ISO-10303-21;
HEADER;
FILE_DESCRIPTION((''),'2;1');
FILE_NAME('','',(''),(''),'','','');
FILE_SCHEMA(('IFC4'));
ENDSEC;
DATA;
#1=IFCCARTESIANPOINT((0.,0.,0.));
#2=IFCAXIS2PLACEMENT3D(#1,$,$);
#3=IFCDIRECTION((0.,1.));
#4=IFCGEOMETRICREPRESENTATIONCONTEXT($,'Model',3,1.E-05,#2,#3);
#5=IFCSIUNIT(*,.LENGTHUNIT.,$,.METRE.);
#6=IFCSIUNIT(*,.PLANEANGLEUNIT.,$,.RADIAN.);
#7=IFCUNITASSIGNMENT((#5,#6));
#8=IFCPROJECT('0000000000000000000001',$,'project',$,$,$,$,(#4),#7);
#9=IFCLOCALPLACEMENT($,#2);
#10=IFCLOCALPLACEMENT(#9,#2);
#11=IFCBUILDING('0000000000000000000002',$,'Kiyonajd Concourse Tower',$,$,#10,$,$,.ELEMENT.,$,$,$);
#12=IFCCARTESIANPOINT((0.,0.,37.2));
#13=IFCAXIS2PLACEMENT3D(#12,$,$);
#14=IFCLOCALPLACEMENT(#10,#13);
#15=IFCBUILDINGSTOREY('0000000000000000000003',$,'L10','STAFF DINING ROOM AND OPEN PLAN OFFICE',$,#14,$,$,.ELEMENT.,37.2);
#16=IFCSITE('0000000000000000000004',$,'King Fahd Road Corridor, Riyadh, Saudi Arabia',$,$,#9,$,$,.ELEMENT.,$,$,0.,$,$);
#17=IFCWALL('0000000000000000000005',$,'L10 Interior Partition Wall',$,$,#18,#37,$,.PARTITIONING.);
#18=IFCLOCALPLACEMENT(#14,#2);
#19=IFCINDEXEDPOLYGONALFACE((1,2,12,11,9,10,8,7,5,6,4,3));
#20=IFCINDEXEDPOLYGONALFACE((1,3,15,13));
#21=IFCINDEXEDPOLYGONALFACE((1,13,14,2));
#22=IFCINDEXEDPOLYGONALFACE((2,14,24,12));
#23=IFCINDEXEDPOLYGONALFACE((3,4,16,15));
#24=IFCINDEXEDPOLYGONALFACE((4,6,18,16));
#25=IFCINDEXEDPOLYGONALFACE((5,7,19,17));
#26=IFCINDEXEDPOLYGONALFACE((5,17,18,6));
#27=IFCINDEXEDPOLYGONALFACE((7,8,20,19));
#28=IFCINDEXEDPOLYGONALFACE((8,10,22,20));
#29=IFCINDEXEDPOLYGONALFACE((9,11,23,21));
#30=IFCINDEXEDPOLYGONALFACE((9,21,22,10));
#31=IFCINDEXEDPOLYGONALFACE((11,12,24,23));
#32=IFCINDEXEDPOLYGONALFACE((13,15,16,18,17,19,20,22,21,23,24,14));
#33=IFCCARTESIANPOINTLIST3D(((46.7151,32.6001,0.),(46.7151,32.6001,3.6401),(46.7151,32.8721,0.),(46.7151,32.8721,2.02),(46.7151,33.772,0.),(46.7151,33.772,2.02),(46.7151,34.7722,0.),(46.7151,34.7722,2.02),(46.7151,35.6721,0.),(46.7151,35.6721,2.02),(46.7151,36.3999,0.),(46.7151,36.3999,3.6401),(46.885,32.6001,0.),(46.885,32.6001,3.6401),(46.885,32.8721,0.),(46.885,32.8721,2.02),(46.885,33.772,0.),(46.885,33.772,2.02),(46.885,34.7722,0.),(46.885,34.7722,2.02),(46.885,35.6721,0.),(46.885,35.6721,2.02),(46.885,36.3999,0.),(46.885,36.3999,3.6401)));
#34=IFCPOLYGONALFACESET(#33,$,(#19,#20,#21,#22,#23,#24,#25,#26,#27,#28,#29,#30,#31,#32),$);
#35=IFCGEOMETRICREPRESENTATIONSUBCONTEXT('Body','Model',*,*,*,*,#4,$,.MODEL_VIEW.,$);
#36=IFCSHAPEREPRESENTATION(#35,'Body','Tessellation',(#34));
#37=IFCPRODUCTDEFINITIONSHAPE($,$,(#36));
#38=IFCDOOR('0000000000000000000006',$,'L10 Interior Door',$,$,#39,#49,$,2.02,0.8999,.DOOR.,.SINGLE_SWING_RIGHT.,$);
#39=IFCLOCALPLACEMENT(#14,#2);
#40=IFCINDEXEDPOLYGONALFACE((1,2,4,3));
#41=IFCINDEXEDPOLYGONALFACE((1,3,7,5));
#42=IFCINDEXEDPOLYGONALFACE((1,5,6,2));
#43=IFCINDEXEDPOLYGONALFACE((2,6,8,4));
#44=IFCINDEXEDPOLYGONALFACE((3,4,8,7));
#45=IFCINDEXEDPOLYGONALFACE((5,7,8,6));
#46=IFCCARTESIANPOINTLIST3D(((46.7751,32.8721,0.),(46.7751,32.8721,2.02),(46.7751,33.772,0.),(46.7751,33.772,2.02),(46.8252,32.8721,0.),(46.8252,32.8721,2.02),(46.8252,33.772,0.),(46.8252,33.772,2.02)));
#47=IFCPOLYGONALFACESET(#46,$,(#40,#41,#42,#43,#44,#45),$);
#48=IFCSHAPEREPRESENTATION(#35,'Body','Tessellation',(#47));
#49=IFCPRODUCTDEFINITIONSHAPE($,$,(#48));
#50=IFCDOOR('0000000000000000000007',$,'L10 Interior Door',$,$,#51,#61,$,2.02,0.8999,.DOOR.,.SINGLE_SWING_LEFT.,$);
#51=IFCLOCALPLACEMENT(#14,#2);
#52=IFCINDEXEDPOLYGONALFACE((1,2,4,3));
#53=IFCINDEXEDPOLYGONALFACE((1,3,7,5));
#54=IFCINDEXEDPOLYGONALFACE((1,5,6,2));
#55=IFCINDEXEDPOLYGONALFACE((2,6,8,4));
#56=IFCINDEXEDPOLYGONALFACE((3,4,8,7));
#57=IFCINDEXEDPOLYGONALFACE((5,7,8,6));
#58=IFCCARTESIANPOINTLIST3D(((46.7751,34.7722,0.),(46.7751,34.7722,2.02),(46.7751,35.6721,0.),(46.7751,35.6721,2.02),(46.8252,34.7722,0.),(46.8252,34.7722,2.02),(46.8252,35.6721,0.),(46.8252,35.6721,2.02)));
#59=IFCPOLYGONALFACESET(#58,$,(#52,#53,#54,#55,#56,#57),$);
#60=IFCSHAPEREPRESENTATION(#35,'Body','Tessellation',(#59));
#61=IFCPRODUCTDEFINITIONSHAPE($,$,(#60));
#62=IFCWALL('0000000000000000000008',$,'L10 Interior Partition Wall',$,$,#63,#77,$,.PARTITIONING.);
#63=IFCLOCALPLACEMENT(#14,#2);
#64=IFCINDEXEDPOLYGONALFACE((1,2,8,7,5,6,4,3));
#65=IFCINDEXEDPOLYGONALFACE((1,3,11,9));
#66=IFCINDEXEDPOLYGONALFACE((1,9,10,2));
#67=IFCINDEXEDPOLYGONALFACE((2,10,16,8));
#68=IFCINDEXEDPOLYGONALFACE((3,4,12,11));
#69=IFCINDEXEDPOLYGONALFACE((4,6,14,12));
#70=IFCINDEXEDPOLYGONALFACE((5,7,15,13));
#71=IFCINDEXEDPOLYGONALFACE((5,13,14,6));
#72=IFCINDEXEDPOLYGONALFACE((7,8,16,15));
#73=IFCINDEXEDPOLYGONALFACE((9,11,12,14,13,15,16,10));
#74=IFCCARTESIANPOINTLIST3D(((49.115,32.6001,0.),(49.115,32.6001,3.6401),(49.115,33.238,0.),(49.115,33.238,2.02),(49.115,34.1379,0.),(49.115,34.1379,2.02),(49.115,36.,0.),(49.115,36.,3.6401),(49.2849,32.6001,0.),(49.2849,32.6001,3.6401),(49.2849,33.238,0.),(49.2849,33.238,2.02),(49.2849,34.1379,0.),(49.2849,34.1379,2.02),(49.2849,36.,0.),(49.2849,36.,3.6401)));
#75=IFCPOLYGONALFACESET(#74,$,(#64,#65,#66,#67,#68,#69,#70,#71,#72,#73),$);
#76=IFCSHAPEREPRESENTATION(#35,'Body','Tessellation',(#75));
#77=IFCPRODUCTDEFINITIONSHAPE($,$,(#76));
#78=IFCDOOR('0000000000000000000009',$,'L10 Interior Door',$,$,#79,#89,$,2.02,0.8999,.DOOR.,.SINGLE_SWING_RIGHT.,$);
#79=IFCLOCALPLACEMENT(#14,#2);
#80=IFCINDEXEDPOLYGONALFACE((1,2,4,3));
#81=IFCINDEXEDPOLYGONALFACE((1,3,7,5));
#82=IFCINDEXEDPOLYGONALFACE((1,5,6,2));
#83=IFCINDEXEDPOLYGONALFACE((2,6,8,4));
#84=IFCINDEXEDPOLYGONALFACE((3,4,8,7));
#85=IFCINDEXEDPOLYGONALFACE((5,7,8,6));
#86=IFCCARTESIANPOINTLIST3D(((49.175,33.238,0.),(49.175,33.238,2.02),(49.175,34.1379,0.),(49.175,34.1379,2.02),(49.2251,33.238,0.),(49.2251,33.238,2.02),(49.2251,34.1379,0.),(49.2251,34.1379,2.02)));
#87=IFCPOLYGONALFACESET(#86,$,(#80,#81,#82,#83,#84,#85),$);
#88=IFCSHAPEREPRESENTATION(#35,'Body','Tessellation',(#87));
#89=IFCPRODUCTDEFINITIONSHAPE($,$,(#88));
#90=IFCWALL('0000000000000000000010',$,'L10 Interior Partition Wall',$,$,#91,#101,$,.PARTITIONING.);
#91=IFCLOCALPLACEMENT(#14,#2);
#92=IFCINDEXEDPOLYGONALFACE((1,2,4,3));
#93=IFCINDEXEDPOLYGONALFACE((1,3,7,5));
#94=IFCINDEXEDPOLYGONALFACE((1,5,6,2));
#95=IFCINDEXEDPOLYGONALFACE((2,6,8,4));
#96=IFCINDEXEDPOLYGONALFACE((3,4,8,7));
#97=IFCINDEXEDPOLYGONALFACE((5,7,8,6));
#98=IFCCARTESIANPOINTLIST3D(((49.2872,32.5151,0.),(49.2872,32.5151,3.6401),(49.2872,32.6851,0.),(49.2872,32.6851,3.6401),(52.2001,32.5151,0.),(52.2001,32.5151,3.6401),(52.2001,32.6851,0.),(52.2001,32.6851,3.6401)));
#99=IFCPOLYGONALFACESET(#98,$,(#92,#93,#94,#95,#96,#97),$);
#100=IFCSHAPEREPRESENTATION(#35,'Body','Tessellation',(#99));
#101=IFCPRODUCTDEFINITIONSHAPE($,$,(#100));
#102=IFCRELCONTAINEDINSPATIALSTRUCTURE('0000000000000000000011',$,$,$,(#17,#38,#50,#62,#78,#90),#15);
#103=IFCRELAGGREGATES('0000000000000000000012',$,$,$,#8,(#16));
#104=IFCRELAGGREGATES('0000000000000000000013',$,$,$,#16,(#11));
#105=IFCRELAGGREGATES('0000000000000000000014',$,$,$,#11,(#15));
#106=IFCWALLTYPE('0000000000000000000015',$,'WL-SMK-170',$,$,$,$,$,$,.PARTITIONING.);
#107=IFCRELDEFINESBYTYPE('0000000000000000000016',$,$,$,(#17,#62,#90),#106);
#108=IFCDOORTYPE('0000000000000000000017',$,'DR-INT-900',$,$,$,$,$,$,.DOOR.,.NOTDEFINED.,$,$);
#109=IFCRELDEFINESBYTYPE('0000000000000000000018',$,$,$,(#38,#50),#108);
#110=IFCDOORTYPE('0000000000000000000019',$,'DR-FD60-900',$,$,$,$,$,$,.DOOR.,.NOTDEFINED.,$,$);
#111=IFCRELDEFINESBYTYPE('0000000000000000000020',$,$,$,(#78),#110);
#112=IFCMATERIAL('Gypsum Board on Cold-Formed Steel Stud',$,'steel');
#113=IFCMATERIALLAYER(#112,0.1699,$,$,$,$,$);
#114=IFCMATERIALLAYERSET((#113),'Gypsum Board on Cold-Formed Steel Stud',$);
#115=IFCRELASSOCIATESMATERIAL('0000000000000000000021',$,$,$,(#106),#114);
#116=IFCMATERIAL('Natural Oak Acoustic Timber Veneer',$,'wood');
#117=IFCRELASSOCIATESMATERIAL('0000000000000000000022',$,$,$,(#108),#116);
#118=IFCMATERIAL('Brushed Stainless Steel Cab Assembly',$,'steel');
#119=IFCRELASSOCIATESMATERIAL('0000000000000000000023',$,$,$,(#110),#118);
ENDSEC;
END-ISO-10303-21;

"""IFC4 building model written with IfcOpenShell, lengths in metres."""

from ifc_helpers import new_model, si_unit, direction, frame, frame_2d, origin, place, context, subcontext, project, spatial, rectangle, extrude, material, layer, layer_set, type_object, element, fill, save


model = new_model("IFC4")

# Units and contexts
model_context = context("Model", 3, precision=1e-05, world=origin(), true_north=direction((0.0, 1.0)))
body_context = subcontext(model_context, "Body", "Model", "MODEL_VIEW")
ifc_project = project(units=[si_unit("LENGTHUNIT", "METRE"), si_unit("PLANEANGLEUNIT", "RADIAN")], contexts=[model_context])

# Site, building, storey
site_placement = place(None, origin())
site = spatial("IfcSite", under=ifc_project, at=site_placement, Name="King Fahd Road Corridor, Riyadh, Saudi Arabia", CompositionType="ELEMENT", RefElevation=0.0)
building_placement = place(site_placement, origin())
building = spatial("IfcBuilding", under=site, at=building_placement, Name="Kiyonajd Concourse Tower", CompositionType="ELEMENT")
storey_placement = place(building_placement, frame((0.0, 0.0, 37.2)))
storey = spatial("IfcBuildingStorey", under=building, at=storey_placement, Name="L10", Description="STAFF DINING ROOM AND OPEN PLAN OFFICE", CompositionType="ELEMENT", Elevation=37.2)

# Shared definitions
ifc_material_1 = material(Name="Gypsum Board on Cold-Formed Steel Stud", Category="steel")

# Shared definitions
ifc_material_2 = material(Name="Brushed Stainless Steel Cab Assembly", Category="steel")

# Wall, openings, doors
ifc_layer_1 = layer(ifc_material_1, 0.1699)
ifc_layer_set_1 = layer_set([ifc_layer_1], Name="Gypsum Board on Cold-Formed Steel Stud")
wall_type_1 = type_object("IfcWallType", Name="WL-SMK-170", PredefinedType="PARTITIONING", material=ifc_layer_set_1)
wall_1_placement = place(storey_placement, frame((46.8, 32.6001, 0.0), z_axis=(0.0, 0.0, 1.0), x_axis=(0.0, 1.0, 0.0)))
wall_1 = element("IfcWall", 1, at=wall_1_placement, inside=storey, type_object=wall_type_1, Name="L10 Interior Partition Wall", PredefinedType="PARTITIONING", context=body_context, shape_type="SweptSolid", body=[
    extrude(rectangle(XDim=3.7998, YDim=0.1699, at=frame_2d((1.8999, 0.0))), origin(), (0.0, 0.0, 1.0), 3.6401),
])
opening_1_placement = place(wall_1_placement, frame((0.272, 0.0, 0.0)))
opening_1 = element("IfcOpeningElement", 2, at=opening_1_placement, cuts=wall_1, PredefinedType="OPENING", context=body_context, shape_type="SweptSolid", body=[
    extrude(rectangle(XDim=0.8999, YDim=2.02, at=frame_2d((0.45, 1.01))), frame((0.0, 0.095, 0.0), z_axis=(0.0, -1.0, 0.0), x_axis=(1.0, 0.0, 0.0)), (0.0, 0.0, 1.0), 0.1899),
])
opening_2_placement = place(wall_1_placement, frame((2.1721, 0.0, 0.0)))
opening_2 = element("IfcOpeningElement", 3, at=opening_2_placement, cuts=wall_1, PredefinedType="OPENING", context=body_context, shape_type="SweptSolid", body=[
    extrude(rectangle(XDim=0.8999, YDim=2.02, at=frame_2d((0.45, 1.01))), frame((0.0, 0.095, 0.0), z_axis=(0.0, -1.0, 0.0), x_axis=(1.0, 0.0, 0.0)), (0.0, 0.0, 1.0), 0.1899),
])
ifc_material_3 = material(Name="Natural Oak Acoustic Timber Veneer", Category="wood")
door_type_1 = type_object("IfcDoorType", Name="DR-INT-900", OperationType="NOTDEFINED", PredefinedType="DOOR", material=ifc_material_3)
door_1_placement = place(opening_1_placement, origin())
door_1 = element("IfcDoor", 4, at=door_1_placement, inside=storey, type_object=door_type_1, Name="L10 Interior Door", OperationType="SINGLE_SWING_RIGHT", OverallHeight=2.02, OverallWidth=0.8999, PredefinedType="DOOR", context=body_context, shape_type="SweptSolid", body=[
    extrude(rectangle(XDim=0.8999, YDim=2.02, at=frame_2d((0.45, 1.01))), frame((0.0, 0.0249, 0.0), z_axis=(0.0, -1.0, 0.0), x_axis=(1.0, 0.0, 0.0)), (0.0, 0.0, 1.0), 0.05),
])
fill(opening_1, door_1)
door_2_placement = place(opening_2_placement, origin())
door_2 = element("IfcDoor", 5, at=door_2_placement, inside=storey, type_object=door_type_1, Name="L10 Interior Door", OperationType="SINGLE_SWING_LEFT", OverallHeight=2.02, OverallWidth=0.8999, PredefinedType="DOOR", context=body_context, shape_type="SweptSolid", body=[
    extrude(rectangle(XDim=0.8999, YDim=2.02, at=frame_2d((0.45, 1.01))), frame((0.0, 0.0249, 0.0), z_axis=(0.0, -1.0, 0.0), x_axis=(1.0, 0.0, 0.0)), (0.0, 0.0, 1.0), 0.05),
])
fill(opening_2, door_2)

# Wall, opening, door
wall_2_placement = place(storey_placement, frame((49.2, 32.6001, 0.0), z_axis=(0.0, 0.0, 1.0), x_axis=(0.0, 1.0, 0.0)))
wall_2 = element("IfcWall", 6, at=wall_2_placement, inside=storey, type_object=wall_type_1, Name="L10 Interior Partition Wall", PredefinedType="PARTITIONING", context=body_context, shape_type="SweptSolid", body=[
    extrude(rectangle(XDim=3.3999, YDim=0.1699, at=frame_2d((1.7, 0.0))), origin(), (0.0, 0.0, 1.0), 3.6401),
])
opening_3_placement = place(wall_2_placement, frame((0.6379, 0.0, 0.0)))
opening_3 = element("IfcOpeningElement", 7, at=opening_3_placement, cuts=wall_2, PredefinedType="OPENING", context=body_context, shape_type="SweptSolid", body=[
    extrude(rectangle(XDim=0.8999, YDim=2.02, at=frame_2d((0.45, 1.01))), frame((0.0, 0.095, 0.0), z_axis=(0.0, -1.0, 0.0), x_axis=(1.0, 0.0, 0.0)), (0.0, 0.0, 1.0), 0.1899),
])
door_type_2 = type_object("IfcDoorType", Name="DR-FD60-900", OperationType="NOTDEFINED", PredefinedType="DOOR", material=ifc_material_2)
door_3_placement = place(opening_3_placement, origin())
door_3 = element("IfcDoor", 8, at=door_3_placement, inside=storey, type_object=door_type_2, Name="L10 Interior Door", OperationType="SINGLE_SWING_RIGHT", OverallHeight=2.02, OverallWidth=0.8999, PredefinedType="DOOR", context=body_context, shape_type="SweptSolid", body=[
    extrude(rectangle(XDim=0.8999, YDim=2.02, at=frame_2d((0.45, 1.01))), frame((0.0, 0.0249, 0.0), z_axis=(0.0, -1.0, 0.0), x_axis=(1.0, 0.0, 0.0)), (0.0, 0.0, 1.0), 0.05),
])
fill(opening_3, door_3)

# Wall
wall_3_placement = place(storey_placement, frame((49.2871, 32.6001, 0.0), z_axis=(0.0, 0.0, 1.0), x_axis=(1.0, 0.0, 0.0)))
element("IfcWall", 9, at=wall_3_placement, inside=storey, type_object=wall_type_1, Name="L10 Interior Partition Wall", PredefinedType="PARTITIONING", context=body_context, shape_type="SweptSolid", body=[
    extrude(rectangle(XDim=2.9128, YDim=0.1699, at=frame_2d((1.4565, 0.0))), origin(), (0.0, 0.0, 1.0), 3.6401),
])

save(model, "model.ifc")
